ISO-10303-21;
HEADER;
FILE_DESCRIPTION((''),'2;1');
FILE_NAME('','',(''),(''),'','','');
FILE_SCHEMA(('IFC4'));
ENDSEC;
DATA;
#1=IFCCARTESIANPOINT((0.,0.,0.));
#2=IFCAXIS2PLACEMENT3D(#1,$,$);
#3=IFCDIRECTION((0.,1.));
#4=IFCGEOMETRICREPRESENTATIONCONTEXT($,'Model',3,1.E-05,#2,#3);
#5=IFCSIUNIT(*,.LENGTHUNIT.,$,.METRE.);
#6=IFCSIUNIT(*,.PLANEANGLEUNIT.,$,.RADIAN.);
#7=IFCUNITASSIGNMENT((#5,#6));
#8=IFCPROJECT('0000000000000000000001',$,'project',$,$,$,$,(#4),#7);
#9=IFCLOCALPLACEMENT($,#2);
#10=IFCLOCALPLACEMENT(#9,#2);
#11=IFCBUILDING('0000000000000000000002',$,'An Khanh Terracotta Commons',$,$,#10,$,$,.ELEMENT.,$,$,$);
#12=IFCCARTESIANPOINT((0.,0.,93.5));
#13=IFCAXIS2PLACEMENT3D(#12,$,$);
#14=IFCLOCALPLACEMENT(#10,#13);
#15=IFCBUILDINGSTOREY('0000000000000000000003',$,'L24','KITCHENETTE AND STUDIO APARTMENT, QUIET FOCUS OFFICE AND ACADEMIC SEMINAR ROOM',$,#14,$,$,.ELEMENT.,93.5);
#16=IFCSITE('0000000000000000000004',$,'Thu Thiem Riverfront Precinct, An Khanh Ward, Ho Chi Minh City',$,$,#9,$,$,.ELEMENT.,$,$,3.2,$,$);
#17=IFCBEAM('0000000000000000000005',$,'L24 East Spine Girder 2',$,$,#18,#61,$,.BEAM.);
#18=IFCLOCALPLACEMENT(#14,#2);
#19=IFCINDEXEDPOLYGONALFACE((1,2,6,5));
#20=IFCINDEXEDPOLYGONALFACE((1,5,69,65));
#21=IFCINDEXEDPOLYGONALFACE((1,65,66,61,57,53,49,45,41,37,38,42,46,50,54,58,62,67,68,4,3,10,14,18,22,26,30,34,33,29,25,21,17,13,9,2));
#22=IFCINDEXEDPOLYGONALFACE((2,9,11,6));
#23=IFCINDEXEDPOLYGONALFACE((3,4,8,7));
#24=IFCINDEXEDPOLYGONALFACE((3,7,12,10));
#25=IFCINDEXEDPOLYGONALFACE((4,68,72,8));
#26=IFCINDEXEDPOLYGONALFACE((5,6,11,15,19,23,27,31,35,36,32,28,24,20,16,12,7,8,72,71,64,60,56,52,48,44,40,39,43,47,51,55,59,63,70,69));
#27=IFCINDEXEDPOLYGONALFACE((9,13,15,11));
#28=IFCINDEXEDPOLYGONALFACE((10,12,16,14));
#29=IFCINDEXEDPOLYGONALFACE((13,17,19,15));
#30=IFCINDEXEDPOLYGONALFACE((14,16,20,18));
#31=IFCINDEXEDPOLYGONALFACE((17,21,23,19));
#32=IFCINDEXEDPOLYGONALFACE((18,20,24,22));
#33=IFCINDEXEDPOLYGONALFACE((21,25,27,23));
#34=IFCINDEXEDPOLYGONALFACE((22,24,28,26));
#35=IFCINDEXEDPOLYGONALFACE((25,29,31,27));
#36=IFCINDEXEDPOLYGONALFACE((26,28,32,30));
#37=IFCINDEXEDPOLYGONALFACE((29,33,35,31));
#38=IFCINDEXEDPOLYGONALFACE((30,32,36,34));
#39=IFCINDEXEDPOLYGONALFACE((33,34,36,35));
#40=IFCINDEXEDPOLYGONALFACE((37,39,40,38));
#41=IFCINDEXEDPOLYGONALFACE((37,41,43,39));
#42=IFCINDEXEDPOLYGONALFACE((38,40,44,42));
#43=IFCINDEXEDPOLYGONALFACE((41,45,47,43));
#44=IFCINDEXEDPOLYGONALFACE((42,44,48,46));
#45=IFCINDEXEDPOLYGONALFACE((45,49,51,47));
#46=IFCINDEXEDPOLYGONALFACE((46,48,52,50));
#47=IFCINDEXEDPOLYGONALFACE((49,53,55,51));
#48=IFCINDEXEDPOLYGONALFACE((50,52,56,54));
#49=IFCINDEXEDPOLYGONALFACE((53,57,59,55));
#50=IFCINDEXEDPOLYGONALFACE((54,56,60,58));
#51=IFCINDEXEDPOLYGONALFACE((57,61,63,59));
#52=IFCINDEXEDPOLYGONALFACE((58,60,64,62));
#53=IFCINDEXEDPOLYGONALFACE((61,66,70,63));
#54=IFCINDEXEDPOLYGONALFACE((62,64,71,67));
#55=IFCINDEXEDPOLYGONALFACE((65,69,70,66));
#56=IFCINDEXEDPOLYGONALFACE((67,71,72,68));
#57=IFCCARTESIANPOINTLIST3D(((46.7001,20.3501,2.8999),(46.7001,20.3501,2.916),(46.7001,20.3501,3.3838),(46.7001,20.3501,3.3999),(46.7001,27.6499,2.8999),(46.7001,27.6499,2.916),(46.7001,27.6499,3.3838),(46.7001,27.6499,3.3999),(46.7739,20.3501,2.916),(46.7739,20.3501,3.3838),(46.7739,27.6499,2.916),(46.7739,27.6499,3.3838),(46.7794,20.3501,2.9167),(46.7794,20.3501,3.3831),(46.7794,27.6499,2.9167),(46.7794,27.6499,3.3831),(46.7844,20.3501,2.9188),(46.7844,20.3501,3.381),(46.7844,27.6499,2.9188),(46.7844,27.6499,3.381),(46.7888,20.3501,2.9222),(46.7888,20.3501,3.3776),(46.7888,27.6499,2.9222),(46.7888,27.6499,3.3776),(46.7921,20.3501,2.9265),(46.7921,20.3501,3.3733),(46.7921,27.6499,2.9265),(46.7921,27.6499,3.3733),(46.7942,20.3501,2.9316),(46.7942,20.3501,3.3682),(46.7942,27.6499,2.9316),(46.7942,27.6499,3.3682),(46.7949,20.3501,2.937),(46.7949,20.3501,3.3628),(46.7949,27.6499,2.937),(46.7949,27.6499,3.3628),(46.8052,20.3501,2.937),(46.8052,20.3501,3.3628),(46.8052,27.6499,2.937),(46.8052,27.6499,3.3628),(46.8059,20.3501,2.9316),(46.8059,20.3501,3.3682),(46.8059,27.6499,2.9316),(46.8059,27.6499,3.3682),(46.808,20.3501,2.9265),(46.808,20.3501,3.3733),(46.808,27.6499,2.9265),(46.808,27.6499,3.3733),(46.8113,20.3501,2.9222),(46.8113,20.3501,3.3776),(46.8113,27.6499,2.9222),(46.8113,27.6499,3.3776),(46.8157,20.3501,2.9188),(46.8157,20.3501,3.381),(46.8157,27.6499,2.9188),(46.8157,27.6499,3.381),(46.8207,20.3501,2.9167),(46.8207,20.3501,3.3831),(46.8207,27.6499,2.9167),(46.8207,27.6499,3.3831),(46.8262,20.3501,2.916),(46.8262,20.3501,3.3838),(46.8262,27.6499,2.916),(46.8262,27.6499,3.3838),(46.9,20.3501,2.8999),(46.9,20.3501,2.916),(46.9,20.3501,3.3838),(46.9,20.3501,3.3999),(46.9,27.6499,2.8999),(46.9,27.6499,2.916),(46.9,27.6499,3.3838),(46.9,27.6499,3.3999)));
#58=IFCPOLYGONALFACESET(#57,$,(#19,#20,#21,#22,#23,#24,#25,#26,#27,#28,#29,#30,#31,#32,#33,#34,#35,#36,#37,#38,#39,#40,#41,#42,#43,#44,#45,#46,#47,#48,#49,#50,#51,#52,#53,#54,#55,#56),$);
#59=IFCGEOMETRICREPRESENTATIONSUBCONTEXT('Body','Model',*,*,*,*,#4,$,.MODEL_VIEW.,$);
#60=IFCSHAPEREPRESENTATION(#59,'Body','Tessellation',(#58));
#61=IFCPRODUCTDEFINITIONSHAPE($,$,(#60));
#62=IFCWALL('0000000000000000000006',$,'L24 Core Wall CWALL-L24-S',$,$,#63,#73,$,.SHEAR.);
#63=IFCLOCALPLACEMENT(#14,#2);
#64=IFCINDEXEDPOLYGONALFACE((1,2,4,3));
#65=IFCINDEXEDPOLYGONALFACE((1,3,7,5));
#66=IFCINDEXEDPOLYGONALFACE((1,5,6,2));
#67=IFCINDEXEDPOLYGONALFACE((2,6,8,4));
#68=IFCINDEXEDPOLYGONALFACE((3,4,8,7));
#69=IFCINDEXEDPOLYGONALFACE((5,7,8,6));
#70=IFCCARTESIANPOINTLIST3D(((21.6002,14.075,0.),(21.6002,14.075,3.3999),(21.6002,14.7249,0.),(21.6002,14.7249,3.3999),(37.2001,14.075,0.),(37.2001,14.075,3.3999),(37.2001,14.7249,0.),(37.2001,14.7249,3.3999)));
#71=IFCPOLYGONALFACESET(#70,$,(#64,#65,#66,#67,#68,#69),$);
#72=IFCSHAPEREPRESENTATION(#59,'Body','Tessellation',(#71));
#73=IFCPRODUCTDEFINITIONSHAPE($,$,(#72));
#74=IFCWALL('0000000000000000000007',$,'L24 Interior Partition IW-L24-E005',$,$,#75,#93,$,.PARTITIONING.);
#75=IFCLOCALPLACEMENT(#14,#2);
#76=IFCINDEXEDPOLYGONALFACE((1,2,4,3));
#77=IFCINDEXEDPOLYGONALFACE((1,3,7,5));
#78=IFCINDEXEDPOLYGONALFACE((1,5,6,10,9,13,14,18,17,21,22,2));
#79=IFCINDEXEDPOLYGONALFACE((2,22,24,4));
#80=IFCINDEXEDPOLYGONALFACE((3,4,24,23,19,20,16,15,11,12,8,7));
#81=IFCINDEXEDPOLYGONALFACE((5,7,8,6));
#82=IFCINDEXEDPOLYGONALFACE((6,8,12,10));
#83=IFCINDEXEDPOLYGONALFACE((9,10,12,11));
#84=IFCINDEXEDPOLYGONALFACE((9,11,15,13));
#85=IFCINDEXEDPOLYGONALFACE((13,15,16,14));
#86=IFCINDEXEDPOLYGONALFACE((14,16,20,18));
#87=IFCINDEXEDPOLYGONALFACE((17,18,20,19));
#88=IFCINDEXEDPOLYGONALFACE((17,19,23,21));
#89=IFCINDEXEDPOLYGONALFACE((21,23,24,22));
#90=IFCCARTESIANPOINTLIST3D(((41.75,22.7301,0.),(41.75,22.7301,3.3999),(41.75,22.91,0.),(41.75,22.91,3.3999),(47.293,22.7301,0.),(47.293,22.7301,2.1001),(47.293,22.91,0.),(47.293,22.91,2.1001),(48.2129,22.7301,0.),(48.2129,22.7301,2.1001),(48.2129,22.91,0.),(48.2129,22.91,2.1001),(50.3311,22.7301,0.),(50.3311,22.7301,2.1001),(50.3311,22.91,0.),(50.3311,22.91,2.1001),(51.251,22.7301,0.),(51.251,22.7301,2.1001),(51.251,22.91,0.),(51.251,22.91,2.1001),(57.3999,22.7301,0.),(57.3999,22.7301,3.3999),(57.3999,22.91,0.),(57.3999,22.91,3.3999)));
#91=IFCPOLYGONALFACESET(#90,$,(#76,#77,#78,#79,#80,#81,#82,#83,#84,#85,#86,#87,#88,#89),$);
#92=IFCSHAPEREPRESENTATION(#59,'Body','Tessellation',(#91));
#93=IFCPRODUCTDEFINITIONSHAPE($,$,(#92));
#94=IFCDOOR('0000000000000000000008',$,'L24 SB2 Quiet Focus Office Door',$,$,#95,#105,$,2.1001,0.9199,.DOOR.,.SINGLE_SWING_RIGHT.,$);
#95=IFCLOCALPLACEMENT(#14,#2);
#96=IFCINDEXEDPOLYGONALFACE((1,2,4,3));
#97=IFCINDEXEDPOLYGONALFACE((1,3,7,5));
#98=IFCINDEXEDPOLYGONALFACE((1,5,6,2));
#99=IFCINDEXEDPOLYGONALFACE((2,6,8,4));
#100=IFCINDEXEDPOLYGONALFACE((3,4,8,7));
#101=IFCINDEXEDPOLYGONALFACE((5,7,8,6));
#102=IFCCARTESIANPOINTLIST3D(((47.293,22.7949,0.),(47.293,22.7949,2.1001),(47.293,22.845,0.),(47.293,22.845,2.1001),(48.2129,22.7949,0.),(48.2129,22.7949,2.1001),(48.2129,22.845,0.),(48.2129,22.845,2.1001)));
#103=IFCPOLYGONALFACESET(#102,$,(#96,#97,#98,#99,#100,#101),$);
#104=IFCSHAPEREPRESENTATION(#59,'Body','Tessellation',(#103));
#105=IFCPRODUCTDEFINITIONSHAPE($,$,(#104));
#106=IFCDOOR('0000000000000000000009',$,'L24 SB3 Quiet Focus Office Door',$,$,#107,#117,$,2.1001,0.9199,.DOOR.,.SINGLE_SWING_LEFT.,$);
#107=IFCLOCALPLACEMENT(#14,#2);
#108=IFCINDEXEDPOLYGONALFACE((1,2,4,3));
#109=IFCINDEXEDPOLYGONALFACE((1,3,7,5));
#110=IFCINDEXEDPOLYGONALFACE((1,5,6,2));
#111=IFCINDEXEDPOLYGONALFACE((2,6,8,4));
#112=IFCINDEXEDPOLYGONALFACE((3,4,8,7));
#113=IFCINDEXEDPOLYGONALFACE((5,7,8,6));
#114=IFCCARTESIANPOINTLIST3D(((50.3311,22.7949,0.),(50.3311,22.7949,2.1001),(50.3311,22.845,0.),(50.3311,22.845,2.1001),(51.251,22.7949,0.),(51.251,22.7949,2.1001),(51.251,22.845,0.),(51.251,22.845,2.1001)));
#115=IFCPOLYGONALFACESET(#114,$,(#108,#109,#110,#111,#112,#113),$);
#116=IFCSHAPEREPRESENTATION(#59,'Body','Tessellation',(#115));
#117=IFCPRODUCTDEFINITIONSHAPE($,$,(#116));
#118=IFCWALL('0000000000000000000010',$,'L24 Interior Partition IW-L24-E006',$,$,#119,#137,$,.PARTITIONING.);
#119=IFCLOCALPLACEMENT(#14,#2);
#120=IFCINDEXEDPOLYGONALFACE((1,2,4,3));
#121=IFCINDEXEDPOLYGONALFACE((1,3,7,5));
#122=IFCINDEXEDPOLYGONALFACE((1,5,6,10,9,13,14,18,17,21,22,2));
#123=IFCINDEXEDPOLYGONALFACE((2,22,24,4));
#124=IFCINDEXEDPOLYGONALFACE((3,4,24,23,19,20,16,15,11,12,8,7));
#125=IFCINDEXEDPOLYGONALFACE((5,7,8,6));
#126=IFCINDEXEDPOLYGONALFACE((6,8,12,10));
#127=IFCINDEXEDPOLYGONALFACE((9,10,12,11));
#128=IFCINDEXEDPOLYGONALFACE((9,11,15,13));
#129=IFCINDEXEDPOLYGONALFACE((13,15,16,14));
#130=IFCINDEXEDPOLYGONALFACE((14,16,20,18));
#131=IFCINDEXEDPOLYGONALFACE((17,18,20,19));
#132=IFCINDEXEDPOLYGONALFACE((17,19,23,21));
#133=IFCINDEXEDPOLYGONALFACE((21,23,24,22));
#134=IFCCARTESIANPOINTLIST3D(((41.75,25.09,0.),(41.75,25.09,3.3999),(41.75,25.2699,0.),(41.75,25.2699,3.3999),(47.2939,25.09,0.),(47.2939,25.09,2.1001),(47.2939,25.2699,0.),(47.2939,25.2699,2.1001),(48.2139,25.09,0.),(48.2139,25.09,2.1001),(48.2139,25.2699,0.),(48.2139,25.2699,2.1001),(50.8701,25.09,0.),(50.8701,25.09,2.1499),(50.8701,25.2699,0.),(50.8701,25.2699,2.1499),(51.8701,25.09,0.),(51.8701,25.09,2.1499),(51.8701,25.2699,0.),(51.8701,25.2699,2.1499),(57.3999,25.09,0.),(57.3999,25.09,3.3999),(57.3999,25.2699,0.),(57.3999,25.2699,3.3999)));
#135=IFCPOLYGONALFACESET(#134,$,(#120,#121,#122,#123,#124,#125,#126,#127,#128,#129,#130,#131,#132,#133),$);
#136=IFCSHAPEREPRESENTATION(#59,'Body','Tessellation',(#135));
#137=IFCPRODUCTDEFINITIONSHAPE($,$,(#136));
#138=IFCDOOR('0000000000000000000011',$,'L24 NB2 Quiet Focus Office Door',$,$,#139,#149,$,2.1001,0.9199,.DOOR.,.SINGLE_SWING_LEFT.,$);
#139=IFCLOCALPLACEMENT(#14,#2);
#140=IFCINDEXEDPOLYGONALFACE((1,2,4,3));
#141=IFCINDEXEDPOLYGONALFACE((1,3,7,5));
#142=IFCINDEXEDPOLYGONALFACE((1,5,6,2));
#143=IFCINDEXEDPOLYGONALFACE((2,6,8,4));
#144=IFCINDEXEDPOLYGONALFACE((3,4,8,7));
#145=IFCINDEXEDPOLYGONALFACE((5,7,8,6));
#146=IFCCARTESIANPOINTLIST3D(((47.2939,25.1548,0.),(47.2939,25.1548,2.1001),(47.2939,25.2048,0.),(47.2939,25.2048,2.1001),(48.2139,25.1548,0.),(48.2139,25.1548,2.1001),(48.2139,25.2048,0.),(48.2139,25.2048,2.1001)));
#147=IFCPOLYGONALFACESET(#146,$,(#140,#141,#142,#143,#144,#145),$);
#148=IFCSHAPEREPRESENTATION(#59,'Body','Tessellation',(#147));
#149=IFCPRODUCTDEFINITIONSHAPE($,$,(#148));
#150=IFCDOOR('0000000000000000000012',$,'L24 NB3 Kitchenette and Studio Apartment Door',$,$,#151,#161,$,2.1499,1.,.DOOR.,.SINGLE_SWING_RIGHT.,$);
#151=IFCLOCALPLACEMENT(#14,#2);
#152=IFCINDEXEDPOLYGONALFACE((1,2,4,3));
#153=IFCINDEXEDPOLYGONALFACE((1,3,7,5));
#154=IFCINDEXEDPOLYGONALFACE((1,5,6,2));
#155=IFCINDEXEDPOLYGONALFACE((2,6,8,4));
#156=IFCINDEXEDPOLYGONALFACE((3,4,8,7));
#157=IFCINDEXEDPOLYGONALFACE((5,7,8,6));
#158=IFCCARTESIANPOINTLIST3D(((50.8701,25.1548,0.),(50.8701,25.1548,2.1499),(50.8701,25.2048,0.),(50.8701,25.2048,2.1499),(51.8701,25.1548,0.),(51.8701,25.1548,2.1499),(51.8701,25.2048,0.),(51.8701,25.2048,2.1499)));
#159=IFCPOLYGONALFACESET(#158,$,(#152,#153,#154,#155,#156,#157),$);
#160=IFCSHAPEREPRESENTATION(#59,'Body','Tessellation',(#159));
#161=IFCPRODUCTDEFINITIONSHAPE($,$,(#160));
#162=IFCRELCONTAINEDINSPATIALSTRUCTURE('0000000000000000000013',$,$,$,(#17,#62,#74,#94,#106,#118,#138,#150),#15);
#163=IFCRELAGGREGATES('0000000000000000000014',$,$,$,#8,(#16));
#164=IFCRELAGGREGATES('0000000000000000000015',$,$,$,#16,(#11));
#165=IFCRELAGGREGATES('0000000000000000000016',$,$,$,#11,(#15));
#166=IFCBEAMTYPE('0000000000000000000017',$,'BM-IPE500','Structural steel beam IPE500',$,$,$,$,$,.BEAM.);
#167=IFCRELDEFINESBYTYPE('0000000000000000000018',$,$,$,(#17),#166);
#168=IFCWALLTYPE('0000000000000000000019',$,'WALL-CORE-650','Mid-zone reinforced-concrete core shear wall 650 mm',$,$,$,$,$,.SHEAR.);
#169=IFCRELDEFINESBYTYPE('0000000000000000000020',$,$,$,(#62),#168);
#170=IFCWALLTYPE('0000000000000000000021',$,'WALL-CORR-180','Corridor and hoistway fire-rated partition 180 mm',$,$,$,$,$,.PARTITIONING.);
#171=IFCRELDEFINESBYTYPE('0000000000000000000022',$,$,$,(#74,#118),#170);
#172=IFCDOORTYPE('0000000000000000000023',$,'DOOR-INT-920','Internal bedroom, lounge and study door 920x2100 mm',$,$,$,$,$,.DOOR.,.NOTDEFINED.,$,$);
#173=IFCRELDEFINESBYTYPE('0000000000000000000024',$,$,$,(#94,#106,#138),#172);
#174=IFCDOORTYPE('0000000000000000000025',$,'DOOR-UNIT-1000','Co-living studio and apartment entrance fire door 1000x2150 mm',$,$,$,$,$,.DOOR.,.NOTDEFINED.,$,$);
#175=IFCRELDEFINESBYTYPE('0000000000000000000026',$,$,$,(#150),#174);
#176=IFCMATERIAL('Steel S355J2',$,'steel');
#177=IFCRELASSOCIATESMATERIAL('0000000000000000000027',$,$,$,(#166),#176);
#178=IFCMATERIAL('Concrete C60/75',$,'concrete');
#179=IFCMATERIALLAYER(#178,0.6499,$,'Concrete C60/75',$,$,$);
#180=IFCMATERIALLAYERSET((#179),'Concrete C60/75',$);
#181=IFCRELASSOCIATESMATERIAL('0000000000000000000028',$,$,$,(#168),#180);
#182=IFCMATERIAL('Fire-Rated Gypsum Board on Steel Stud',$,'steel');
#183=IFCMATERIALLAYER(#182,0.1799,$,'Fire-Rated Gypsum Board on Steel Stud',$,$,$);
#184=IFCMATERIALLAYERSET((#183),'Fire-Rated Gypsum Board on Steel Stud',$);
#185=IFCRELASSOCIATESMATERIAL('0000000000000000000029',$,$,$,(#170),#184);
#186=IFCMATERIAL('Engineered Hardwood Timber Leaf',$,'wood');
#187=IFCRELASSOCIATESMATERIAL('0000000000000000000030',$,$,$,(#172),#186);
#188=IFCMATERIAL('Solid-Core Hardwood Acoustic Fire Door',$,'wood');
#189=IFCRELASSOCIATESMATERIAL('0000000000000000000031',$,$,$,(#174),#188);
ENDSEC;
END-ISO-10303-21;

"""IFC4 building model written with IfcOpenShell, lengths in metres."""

from ifc_helpers import new_model, si_unit, direction, frame, frame_2d, origin, origin_2d, place, context, subcontext, project, spatial, rectangle, i_section, extrude, material, layer, layer_set, material_profile, profile_set, type_object, element, fill, save


model = new_model("IFC4")

# Units and contexts
model_context = context("Model", 3, precision=1e-05, world=origin(), true_north=direction((0.0, 1.0)))
body_context = subcontext(model_context, "Body", "Model", "MODEL_VIEW")
ifc_project = project(units=[si_unit("LENGTHUNIT", "METRE"), si_unit("PLANEANGLEUNIT", "RADIAN")], contexts=[model_context])

# Site, building, storey
site_placement = place(None, origin())
site = spatial("IfcSite", under=ifc_project, at=site_placement, Name="Thu Thiem Riverfront Precinct, An Khanh Ward, Ho Chi Minh City", CompositionType="ELEMENT", RefElevation=3.2)
building_placement = place(site_placement, origin())
building = spatial("IfcBuilding", under=site, at=building_placement, Name="An Khanh Terracotta Commons", CompositionType="ELEMENT")
storey_placement = place(building_placement, frame((0.0, 0.0, 93.5)))
storey = spatial("IfcBuildingStorey", under=building, at=storey_placement, Name="L24", Description="KITCHENETTE AND STUDIO APARTMENT, QUIET FOCUS OFFICE AND ACADEMIC SEMINAR ROOM", CompositionType="ELEMENT", Elevation=93.5)

# Beam
ifc_material_1 = material(Name="Steel S355J2", Category="steel")
ifc_material_profile_1 = material_profile(ifc_material_1, i_section(OverallWidth=0.2, OverallDepth=0.5, WebThickness=0.0103, FlangeThickness=0.0161, FilletRadius=0.021, at=origin_2d()), Name="IPE500")
ifc_profile_set_1 = profile_set([ifc_material_profile_1], Name="Steel S355J2")
beam_type_1 = type_object("IfcBeamType", Name="BM-IPE500", Description="Structural steel beam IPE500", PredefinedType="BEAM", material=ifc_profile_set_1)
beam_1_placement = place(storey_placement, frame((46.8, 20.3501, 3.1499), z_axis=(0.0, 1.0, 0.0), x_axis=(-1.0, 0.0, 0.0)))
element("IfcBeam", 1, at=beam_1_placement, inside=storey, type_object=beam_type_1, Name="L24 East Spine Girder 2", PredefinedType="BEAM", context=body_context, shape_type="SweptSolid", body=[
    extrude(i_section(OverallWidth=0.2, OverallDepth=0.5, WebThickness=0.0103, FlangeThickness=0.0161, FilletRadius=0.021, at=origin_2d()), origin(), (0.0, 0.0, 1.0), 7.2998),
])

# Wall
ifc_material_2 = material(Name="Concrete C60/75", Category="concrete")
ifc_layer_1 = layer(ifc_material_2, 0.6499, Name="Concrete C60/75")
ifc_layer_set_1 = layer_set([ifc_layer_1], Name="Concrete C60/75")
wall_type_1 = type_object("IfcWallType", Name="WALL-CORE-650", Description="Mid-zone reinforced-concrete core shear wall 650 mm", PredefinedType="SHEAR", material=ifc_layer_set_1)
wall_1_placement = place(storey_placement, frame((37.2, 14.3999, 0.0), z_axis=(0.0, 0.0, 1.0), x_axis=(-1.0, 0.0, 0.0)))
element("IfcWall", 2, at=wall_1_placement, inside=storey, type_object=wall_type_1, Name="L24 Core Wall CWALL-L24-S", PredefinedType="SHEAR", context=body_context, shape_type="SweptSolid", body=[
    extrude(rectangle(XDim=15.5999, YDim=0.6499, at=frame_2d((7.7998, 0.0))), origin(), (0.0, 0.0, 1.0), 3.3999),
])

# Walls, openings, doors
ifc_material_3 = material(Name="Fire-Rated Gypsum Board on Steel Stud", Category="steel")
ifc_layer_2 = layer(ifc_material_3, 0.1799, Name="Fire-Rated Gypsum Board on Steel Stud")
ifc_layer_set_2 = layer_set([ifc_layer_2], Name="Fire-Rated Gypsum Board on Steel Stud")
wall_type_2 = type_object("IfcWallType", Name="WALL-CORR-180", Description="Corridor and hoistway fire-rated partition 180 mm", PredefinedType="PARTITIONING", material=ifc_layer_set_2)
wall_2_placement = place(storey_placement, frame((41.75, 22.8201, 0.0), z_axis=(0.0, 0.0, 1.0), x_axis=(1.0, 0.0, 0.0)))
wall_2 = element("IfcWall", 3, at=wall_2_placement, inside=storey, type_object=wall_type_2, Name="L24 Interior Partition IW-L24-E005", PredefinedType="PARTITIONING", context=body_context, shape_type="SweptSolid", body=[
    extrude(rectangle(XDim=15.6499, YDim=0.1799, at=frame_2d((7.825, 0.0))), origin(), (0.0, 0.0, 1.0), 3.3999),
])
opening_1_placement = place(wall_2_placement, frame((5.543, 0.0, 0.0)))
opening_1 = element("IfcOpeningElement", 4, at=opening_1_placement, cuts=wall_2, PredefinedType="OPENING", context=body_context, shape_type="SweptSolid", body=[
    extrude(rectangle(XDim=0.9199, YDim=2.1001, at=frame_2d((0.46, 1.05))), frame((0.0, 0.0999, 0.0), z_axis=(0.0, -1.0, 0.0), x_axis=(1.0, 0.0, 0.0)), (0.0, 0.0, 1.0), 0.2),
])
opening_2_placement = place(wall_2_placement, frame((8.5811, 0.0, 0.0)))
opening_2 = element("IfcOpeningElement", 5, at=opening_2_placement, cuts=wall_2, PredefinedType="OPENING", context=body_context, shape_type="SweptSolid", body=[
    extrude(rectangle(XDim=0.9199, YDim=2.1001, at=frame_2d((0.46, 1.05))), frame((0.0, 0.0999, 0.0), z_axis=(0.0, -1.0, 0.0), x_axis=(1.0, 0.0, 0.0)), (0.0, 0.0, 1.0), 0.2),
])
ifc_material_4 = material(Name="Engineered Hardwood Timber Leaf", Category="wood")
door_type_1 = type_object("IfcDoorType", Name="DOOR-INT-920", Description="Internal bedroom, lounge and study door 920x2100 mm", OperationType="NOTDEFINED", PredefinedType="DOOR", material=ifc_material_4)
door_1_placement = place(opening_1_placement, origin())
door_1 = element("IfcDoor", 6, at=door_1_placement, inside=storey, type_object=door_type_1, Name="L24 SB2 Quiet Focus Office Door", OperationType="SINGLE_SWING_RIGHT", OverallHeight=2.1001, OverallWidth=0.9199, PredefinedType="DOOR", context=body_context, shape_type="SweptSolid", body=[
    extrude(rectangle(XDim=0.9199, YDim=2.1001, at=frame_2d((0.46, 1.05))), frame((0.0, 0.0249, 0.0), z_axis=(0.0, -1.0, 0.0), x_axis=(1.0, 0.0, 0.0)), (0.0, 0.0, 1.0), 0.05),
])
fill(opening_1, door_1)
door_2_placement = place(opening_2_placement, origin())
door_2 = element("IfcDoor", 7, at=door_2_placement, inside=storey, type_object=door_type_1, Name="L24 SB3 Quiet Focus Office Door", OperationType="SINGLE_SWING_LEFT", OverallHeight=2.1001, OverallWidth=0.9199, PredefinedType="DOOR", context=body_context, shape_type="SweptSolid", body=[
    extrude(rectangle(XDim=0.9199, YDim=2.1001, at=frame_2d((0.46, 1.05))), frame((0.0, 0.0249, 0.0), z_axis=(0.0, -1.0, 0.0), x_axis=(1.0, 0.0, 0.0)), (0.0, 0.0, 1.0), 0.05),
])
fill(opening_2, door_2)
wall_3_placement = place(storey_placement, frame((41.75, 25.1799, 0.0), z_axis=(0.0, 0.0, 1.0), x_axis=(1.0, 0.0, 0.0)))
wall_3 = element("IfcWall", 8, at=wall_3_placement, inside=storey, type_object=wall_type_2, Name="L24 Interior Partition IW-L24-E006", PredefinedType="PARTITIONING", context=body_context, shape_type="SweptSolid", body=[
    extrude(rectangle(XDim=15.6499, YDim=0.1799, at=frame_2d((7.825, 0.0))), origin(), (0.0, 0.0, 1.0), 3.3999),
])
opening_3_placement = place(wall_3_placement, frame((5.5439, 0.0, 0.0)))
opening_3 = element("IfcOpeningElement", 9, at=opening_3_placement, cuts=wall_3, PredefinedType="OPENING", context=body_context, shape_type="SweptSolid", body=[
    extrude(rectangle(XDim=0.9199, YDim=2.1001, at=frame_2d((0.46, 1.05))), frame((0.0, 0.0999, 0.0), z_axis=(0.0, -1.0, 0.0), x_axis=(1.0, 0.0, 0.0)), (0.0, 0.0, 1.0), 0.2),
])
opening_4_placement = place(wall_3_placement, frame((9.1201, 0.0, 0.0)))
opening_4 = element("IfcOpeningElement", 10, at=opening_4_placement, cuts=wall_3, PredefinedType="OPENING", context=body_context, shape_type="SweptSolid", body=[
    extrude(rectangle(XDim=1.0, YDim=2.1499, at=frame_2d((0.5, 1.075))), frame((0.0, 0.0999, 0.0), z_axis=(0.0, -1.0, 0.0), x_axis=(1.0, 0.0, 0.0)), (0.0, 0.0, 1.0), 0.2),
])
door_3_placement = place(opening_3_placement, origin())
door_3 = element("IfcDoor", 11, at=door_3_placement, inside=storey, type_object=door_type_1, Name="L24 NB2 Quiet Focus Office Door", OperationType="SINGLE_SWING_LEFT", OverallHeight=2.1001, OverallWidth=0.9199, PredefinedType="DOOR", context=body_context, shape_type="SweptSolid", body=[
    extrude(rectangle(XDim=0.9199, YDim=2.1001, at=frame_2d((0.46, 1.05))), frame((0.0, 0.0249, 0.0), z_axis=(0.0, -1.0, 0.0), x_axis=(1.0, 0.0, 0.0)), (0.0, 0.0, 1.0), 0.05),
])
fill(opening_3, door_3)
ifc_material_5 = material(Name="Solid-Core Hardwood Acoustic Fire Door", Category="wood")
door_type_2 = type_object("IfcDoorType", Name="DOOR-UNIT-1000", Description="Co-living studio and apartment entrance fire door 1000x2150 mm", OperationType="NOTDEFINED", PredefinedType="DOOR", material=ifc_material_5)
door_4_placement = place(opening_4_placement, origin())
door_4 = element("IfcDoor", 12, at=door_4_placement, inside=storey, type_object=door_type_2, Name="L24 NB3 Kitchenette and Studio Apartment Door", OperationType="SINGLE_SWING_RIGHT", OverallHeight=2.1499, OverallWidth=1.0, PredefinedType="DOOR", context=body_context, shape_type="SweptSolid", body=[
    extrude(rectangle(XDim=1.0, YDim=2.1499, at=frame_2d((0.5, 1.075))), frame((0.0, 0.0249, 0.0), z_axis=(0.0, -1.0, 0.0), x_axis=(1.0, 0.0, 0.0)), (0.0, 0.0, 1.0), 0.05),
])
fill(opening_4, door_4)

save(model, "model.ifc")
